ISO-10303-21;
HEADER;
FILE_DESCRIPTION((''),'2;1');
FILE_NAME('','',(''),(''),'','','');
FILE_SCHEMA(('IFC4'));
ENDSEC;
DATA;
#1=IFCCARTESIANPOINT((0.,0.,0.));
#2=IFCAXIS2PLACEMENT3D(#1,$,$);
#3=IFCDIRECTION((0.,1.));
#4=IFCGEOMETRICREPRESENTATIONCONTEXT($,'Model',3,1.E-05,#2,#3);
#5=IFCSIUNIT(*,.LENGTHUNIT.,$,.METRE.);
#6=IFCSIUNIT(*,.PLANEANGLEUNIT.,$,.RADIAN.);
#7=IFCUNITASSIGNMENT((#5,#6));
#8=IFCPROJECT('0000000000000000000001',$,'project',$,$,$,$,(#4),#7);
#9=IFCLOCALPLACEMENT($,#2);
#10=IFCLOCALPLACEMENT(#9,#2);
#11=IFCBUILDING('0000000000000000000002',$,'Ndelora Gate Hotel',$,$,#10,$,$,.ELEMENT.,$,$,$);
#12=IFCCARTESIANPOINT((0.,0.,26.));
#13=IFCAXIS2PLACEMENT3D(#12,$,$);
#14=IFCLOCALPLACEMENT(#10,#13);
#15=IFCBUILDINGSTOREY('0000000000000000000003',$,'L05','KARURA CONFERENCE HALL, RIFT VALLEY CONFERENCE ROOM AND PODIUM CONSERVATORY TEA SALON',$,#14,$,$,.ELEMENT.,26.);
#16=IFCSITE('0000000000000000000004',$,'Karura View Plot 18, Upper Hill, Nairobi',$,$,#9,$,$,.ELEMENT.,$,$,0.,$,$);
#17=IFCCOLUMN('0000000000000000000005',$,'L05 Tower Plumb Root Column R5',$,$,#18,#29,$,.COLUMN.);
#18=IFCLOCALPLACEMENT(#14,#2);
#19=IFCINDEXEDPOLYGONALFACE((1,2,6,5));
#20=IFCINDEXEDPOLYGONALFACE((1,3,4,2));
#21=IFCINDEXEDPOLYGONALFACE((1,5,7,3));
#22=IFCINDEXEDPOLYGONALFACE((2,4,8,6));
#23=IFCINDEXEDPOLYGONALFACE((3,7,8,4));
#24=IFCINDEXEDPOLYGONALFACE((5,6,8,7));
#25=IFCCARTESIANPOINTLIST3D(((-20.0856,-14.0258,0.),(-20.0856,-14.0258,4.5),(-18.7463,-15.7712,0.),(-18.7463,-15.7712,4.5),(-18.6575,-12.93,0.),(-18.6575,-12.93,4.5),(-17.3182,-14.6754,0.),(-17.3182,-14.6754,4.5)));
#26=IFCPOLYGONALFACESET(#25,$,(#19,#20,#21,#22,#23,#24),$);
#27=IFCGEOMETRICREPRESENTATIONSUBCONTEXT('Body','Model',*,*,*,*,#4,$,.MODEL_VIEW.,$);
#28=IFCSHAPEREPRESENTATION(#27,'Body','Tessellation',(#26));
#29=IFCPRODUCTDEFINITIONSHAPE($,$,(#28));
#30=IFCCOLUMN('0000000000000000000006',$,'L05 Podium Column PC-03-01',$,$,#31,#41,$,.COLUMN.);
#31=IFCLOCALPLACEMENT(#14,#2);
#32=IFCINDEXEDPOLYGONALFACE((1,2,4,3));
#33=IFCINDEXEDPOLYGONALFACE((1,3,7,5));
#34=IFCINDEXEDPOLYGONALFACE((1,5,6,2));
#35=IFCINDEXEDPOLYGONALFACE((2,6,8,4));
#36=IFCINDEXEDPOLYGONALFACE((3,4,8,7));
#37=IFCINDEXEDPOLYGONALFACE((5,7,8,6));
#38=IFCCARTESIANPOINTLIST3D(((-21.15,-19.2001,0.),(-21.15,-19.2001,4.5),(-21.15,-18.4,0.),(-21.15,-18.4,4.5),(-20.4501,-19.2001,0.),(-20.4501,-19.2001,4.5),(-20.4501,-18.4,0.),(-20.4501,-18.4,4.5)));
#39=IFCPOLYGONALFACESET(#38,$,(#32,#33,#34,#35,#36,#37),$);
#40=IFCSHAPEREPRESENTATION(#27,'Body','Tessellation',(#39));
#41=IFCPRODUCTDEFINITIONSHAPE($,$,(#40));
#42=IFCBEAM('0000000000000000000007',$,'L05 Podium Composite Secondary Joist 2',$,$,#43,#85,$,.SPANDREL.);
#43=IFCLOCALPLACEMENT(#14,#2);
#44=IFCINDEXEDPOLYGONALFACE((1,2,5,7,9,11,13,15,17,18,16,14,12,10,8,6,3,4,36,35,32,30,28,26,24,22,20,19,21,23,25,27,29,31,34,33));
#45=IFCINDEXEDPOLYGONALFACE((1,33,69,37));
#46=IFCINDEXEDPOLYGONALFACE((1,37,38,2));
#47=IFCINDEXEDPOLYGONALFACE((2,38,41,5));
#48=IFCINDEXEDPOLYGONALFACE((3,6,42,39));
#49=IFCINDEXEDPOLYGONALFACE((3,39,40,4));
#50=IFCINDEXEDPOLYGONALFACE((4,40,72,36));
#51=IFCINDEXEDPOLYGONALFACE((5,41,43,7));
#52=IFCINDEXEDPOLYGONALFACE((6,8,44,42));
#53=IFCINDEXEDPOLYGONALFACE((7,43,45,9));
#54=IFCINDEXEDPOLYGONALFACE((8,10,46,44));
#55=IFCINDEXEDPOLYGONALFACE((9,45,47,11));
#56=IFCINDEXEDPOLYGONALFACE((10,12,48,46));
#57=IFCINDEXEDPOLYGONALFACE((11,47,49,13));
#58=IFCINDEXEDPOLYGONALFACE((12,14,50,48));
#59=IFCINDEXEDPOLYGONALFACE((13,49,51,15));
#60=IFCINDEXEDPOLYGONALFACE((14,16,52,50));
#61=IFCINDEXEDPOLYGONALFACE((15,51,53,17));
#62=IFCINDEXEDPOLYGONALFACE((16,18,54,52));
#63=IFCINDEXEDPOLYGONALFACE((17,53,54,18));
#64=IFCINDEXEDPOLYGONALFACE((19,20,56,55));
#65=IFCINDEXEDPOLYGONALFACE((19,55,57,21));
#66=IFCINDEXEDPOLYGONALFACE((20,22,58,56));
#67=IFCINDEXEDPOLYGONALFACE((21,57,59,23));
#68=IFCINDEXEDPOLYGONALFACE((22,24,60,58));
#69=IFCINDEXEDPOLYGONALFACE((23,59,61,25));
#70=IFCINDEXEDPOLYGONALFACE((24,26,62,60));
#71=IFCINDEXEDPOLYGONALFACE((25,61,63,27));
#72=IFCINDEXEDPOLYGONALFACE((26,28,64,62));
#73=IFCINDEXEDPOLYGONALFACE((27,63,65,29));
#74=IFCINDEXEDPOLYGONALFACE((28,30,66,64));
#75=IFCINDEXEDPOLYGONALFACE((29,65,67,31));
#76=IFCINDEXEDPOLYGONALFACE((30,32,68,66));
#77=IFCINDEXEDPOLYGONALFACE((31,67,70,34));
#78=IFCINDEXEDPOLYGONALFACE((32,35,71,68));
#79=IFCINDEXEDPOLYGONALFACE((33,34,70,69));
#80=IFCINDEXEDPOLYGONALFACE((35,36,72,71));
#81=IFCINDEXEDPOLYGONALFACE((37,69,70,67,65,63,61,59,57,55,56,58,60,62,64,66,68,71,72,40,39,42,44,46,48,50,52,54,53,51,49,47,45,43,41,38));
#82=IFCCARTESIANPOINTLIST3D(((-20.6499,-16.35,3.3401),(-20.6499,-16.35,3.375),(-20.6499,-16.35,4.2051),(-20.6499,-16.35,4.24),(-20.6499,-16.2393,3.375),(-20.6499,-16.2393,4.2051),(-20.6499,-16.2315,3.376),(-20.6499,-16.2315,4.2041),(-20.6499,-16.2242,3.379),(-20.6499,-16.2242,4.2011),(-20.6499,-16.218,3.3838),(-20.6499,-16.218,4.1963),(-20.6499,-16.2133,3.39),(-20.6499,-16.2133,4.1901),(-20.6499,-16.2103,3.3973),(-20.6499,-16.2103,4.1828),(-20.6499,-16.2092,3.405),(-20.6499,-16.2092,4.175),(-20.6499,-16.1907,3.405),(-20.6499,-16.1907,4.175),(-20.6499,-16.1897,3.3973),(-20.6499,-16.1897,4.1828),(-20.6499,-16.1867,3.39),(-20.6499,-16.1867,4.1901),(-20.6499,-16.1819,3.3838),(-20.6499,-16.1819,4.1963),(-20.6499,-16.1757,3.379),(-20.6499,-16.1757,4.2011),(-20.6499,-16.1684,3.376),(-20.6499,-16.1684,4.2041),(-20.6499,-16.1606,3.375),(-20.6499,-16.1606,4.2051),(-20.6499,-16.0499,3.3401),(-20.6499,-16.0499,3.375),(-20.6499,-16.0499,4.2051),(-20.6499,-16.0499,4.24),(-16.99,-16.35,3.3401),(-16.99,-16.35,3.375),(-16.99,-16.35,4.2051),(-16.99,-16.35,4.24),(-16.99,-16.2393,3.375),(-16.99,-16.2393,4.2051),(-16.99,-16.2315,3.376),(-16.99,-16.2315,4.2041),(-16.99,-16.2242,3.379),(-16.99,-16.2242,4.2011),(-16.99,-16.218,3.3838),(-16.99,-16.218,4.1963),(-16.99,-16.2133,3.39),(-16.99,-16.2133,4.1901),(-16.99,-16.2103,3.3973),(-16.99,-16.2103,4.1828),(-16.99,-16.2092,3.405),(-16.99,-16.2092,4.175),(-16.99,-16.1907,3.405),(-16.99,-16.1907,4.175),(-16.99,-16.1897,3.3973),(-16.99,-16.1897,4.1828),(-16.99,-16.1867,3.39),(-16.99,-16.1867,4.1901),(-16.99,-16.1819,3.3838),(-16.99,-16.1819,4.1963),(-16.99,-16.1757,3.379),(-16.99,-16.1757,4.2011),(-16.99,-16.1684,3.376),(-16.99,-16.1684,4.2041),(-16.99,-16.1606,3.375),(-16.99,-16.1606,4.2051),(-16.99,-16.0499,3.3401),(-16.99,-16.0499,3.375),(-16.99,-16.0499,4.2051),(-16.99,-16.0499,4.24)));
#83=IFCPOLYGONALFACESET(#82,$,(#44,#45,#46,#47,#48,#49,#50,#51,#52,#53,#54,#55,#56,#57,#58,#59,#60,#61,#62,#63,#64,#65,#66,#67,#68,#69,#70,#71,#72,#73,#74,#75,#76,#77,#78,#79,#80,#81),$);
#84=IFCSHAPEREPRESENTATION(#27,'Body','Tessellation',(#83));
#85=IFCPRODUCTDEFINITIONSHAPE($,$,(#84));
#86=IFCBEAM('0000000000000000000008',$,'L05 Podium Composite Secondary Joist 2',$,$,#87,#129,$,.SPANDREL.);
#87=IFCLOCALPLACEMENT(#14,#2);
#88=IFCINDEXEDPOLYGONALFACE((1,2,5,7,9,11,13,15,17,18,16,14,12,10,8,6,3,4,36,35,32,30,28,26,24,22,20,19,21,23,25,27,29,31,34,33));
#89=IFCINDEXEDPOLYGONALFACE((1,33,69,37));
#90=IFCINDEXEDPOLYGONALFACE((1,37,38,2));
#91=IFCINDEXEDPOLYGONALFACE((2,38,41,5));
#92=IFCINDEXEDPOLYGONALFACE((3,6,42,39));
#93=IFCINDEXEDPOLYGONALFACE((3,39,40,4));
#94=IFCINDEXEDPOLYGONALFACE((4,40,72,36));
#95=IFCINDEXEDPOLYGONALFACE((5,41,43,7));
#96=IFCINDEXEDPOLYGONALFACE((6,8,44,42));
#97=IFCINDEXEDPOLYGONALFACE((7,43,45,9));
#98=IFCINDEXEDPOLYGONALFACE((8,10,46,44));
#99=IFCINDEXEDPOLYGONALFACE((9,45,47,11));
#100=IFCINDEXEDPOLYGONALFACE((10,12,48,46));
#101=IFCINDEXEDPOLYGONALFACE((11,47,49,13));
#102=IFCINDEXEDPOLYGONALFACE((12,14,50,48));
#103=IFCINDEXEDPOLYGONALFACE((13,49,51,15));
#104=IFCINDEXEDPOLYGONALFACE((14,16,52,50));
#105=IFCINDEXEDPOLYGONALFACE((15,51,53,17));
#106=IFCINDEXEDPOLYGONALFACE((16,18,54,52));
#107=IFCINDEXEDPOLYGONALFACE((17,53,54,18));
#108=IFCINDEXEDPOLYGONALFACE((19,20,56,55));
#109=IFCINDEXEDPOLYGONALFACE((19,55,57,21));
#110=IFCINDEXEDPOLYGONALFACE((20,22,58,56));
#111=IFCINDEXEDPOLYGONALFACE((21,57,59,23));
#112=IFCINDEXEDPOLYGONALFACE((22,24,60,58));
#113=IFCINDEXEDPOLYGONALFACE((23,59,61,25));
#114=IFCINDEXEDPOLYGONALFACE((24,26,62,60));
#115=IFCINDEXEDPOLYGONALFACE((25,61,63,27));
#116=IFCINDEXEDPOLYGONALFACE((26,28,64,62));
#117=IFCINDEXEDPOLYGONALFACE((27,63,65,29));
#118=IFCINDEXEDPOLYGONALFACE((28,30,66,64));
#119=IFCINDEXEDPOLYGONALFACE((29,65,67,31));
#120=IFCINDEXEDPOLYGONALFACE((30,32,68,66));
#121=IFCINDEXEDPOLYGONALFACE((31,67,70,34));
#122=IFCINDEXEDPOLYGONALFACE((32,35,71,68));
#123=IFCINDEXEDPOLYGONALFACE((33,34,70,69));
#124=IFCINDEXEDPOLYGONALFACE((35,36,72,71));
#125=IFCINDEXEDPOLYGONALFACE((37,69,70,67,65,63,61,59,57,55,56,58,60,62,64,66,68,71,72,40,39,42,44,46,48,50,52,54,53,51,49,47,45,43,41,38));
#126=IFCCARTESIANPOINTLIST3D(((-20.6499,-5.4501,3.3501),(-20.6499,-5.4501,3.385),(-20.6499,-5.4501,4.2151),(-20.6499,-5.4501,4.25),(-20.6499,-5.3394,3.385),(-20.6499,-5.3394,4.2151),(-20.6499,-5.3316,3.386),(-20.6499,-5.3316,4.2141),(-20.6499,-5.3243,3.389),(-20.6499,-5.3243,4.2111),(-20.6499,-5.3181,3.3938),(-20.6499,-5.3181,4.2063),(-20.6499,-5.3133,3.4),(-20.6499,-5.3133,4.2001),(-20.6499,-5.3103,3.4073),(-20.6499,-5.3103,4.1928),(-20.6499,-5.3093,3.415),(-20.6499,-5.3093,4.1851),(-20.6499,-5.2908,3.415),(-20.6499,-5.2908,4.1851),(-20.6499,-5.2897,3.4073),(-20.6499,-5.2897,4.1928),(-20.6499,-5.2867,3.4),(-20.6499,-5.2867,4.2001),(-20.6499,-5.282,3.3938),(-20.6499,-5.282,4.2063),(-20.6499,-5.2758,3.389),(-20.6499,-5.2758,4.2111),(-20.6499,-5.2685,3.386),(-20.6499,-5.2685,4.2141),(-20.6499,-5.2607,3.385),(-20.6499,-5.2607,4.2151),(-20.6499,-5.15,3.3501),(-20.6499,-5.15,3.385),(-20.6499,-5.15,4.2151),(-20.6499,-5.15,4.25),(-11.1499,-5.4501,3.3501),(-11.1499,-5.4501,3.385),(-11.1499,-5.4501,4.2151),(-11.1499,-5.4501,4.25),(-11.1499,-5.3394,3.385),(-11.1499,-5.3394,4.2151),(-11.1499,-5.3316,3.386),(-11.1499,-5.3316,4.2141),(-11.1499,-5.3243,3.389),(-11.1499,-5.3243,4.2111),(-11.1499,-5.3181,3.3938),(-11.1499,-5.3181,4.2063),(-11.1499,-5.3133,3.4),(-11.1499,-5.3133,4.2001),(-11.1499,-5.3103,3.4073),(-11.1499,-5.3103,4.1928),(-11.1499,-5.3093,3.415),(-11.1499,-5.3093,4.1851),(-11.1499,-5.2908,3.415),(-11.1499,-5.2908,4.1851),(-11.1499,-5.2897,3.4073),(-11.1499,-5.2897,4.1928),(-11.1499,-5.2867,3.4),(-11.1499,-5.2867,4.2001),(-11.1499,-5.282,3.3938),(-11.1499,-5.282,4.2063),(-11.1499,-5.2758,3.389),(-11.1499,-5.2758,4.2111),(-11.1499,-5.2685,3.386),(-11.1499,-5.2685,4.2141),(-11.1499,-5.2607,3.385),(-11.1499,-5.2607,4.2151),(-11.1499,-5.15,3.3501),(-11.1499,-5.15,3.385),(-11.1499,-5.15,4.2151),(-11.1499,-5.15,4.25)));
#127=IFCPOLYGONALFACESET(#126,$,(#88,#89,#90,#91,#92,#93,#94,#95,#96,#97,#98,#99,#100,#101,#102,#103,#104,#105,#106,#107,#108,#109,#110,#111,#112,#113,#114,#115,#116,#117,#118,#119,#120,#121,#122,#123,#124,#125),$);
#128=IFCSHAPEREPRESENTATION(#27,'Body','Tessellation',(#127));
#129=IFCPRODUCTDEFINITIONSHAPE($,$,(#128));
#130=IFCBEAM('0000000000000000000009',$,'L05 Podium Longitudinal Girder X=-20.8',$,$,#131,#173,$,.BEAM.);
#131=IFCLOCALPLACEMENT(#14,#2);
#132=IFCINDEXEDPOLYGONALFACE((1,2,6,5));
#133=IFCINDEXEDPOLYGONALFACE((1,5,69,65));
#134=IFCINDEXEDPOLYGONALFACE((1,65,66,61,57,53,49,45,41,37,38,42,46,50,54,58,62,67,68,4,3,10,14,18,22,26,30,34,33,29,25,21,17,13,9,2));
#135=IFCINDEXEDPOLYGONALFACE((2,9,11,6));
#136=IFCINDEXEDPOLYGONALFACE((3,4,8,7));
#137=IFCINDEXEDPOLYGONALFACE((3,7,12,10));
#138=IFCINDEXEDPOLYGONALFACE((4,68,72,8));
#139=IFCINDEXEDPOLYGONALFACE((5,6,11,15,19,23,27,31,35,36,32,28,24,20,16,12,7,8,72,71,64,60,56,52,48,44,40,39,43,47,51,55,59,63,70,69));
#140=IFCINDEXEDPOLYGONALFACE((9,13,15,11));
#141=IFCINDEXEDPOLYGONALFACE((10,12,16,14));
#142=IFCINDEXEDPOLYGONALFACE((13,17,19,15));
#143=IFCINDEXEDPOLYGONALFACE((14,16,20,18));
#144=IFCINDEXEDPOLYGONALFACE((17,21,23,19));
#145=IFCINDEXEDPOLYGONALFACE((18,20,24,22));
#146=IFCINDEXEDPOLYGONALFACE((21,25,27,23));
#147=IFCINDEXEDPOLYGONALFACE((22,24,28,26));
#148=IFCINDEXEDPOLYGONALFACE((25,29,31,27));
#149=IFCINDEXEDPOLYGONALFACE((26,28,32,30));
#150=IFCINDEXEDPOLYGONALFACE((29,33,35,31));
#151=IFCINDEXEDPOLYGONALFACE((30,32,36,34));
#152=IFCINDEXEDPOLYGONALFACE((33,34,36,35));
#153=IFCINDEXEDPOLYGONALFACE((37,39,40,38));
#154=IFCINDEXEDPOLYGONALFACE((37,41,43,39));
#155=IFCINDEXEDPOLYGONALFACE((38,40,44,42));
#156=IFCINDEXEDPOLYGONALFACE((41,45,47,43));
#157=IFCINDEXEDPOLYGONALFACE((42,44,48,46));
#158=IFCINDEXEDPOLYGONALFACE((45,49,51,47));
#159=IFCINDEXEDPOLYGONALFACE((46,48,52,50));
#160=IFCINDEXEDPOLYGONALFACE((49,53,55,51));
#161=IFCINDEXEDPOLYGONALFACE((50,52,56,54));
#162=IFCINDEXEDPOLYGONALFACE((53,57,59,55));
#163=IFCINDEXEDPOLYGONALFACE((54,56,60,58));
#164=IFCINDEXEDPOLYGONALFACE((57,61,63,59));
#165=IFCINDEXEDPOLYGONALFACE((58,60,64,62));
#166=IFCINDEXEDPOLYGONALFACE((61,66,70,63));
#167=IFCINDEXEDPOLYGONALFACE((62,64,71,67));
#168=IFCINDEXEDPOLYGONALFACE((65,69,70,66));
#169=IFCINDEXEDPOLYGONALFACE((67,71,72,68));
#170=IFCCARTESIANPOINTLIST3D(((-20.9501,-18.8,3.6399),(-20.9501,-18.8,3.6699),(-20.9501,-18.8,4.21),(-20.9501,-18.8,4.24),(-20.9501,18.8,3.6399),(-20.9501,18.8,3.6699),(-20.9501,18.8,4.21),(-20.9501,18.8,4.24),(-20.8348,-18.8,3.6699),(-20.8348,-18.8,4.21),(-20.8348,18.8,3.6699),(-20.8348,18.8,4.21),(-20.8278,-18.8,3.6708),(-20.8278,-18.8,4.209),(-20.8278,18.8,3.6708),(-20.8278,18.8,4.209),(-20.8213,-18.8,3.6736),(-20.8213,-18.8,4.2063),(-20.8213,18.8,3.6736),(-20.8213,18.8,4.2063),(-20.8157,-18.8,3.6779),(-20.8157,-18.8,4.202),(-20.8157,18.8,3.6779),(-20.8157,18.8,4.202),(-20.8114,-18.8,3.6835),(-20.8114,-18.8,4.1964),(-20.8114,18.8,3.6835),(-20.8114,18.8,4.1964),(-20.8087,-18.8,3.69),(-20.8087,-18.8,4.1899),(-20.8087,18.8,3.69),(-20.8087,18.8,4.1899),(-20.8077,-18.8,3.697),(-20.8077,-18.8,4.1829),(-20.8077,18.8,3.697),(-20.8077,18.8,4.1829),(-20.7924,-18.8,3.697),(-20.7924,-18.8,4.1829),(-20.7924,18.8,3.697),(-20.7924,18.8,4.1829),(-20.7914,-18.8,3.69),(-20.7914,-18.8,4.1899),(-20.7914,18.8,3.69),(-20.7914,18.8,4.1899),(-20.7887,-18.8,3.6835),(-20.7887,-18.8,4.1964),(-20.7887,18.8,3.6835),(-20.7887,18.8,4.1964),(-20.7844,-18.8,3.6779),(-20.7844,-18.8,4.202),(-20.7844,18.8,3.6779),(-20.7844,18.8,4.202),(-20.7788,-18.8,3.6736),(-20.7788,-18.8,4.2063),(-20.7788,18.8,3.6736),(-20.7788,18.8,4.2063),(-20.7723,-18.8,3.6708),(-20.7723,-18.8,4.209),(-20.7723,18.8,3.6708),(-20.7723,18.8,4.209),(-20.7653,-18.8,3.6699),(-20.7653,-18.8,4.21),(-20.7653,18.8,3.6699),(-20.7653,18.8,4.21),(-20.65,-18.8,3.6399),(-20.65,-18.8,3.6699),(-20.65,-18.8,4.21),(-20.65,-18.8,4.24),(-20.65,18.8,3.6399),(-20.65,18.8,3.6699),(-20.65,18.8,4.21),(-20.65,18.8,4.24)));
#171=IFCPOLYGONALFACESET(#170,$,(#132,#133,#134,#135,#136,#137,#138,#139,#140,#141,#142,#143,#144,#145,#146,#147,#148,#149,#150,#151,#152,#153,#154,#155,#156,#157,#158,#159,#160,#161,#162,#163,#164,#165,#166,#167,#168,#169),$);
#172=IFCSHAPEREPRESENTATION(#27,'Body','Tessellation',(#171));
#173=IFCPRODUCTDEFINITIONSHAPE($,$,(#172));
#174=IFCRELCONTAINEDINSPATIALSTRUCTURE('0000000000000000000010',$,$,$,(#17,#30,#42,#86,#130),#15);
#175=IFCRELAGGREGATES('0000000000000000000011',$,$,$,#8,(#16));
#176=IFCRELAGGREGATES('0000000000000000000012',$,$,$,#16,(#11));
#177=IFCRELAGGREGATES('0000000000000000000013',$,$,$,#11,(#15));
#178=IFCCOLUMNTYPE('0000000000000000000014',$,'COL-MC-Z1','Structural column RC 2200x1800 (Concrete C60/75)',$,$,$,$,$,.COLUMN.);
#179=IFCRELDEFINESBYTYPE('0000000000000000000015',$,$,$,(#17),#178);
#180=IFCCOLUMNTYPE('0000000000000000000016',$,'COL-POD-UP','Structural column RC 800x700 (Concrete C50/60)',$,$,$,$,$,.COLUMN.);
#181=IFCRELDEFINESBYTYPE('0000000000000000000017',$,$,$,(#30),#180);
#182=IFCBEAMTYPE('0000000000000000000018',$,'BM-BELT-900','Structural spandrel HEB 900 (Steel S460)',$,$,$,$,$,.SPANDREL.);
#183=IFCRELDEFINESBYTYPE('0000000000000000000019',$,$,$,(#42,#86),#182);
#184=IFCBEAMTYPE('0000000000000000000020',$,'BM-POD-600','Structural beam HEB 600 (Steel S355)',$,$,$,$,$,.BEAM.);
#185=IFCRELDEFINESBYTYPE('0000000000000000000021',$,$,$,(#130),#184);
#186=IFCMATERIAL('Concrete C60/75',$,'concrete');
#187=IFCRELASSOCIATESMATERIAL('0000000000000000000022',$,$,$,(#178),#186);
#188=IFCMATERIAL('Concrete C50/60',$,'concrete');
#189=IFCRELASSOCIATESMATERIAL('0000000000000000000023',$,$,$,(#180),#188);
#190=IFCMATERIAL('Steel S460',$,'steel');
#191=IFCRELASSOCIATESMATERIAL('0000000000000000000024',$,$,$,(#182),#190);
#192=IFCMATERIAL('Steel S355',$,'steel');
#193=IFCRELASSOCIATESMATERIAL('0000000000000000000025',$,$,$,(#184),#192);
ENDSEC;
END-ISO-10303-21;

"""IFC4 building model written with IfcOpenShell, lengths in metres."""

from ifc_helpers import new_model, si_unit, direction, frame, origin, origin_2d, place, context, subcontext, project, spatial, rectangle, i_section, extrude, material, material_profile, profile_set, type_object, element, save


model = new_model("IFC4")

# Units and contexts
model_context = context("Model", 3, precision=1e-05, world=origin(), true_north=direction((0.0, 1.0)))
body_context = subcontext(model_context, "Body", "Model", "MODEL_VIEW")
ifc_project = project(units=[si_unit("LENGTHUNIT", "METRE"), si_unit("PLANEANGLEUNIT", "RADIAN")], contexts=[model_context])

# Site, building, storey
site_placement = place(None, origin())
site = spatial("IfcSite", under=ifc_project, at=site_placement, Name="Karura View Plot 18, Upper Hill, Nairobi", CompositionType="ELEMENT", RefElevation=0.0)
building_placement = place(site_placement, origin())
building = spatial("IfcBuilding", under=site, at=building_placement, Name="Ndelora Gate Hotel", CompositionType="ELEMENT")
storey_placement = place(building_placement, frame((0.0, 0.0, 26.0)))
storey = spatial("IfcBuildingStorey", under=building, at=storey_placement, Name="L05", Description="KARURA CONFERENCE HALL, RIFT VALLEY CONFERENCE ROOM AND PODIUM CONSERVATORY TEA SALON", CompositionType="ELEMENT", Elevation=26.0)

# Columns
ifc_material_1 = material(Name="Concrete C60/75", Category="concrete")
ifc_material_profile_1 = material_profile(ifc_material_1, rectangle(XDim=1.8, YDim=2.2, at=origin_2d()), Name="RC 2200x1800")
ifc_profile_set_1 = profile_set([ifc_material_profile_1], Name="Concrete C60/75")
column_type_1 = type_object("IfcColumnType", Name="COL-MC-Z1", Description="Structural column RC 2200x1800 (Concrete C60/75)", PredefinedType="COLUMN", material=ifc_profile_set_1)
column_1_placement = place(storey_placement, frame((-18.7019, -14.3506, 0.0), z_axis=(0.0, 0.0, 1.0), x_axis=(0.793353, 0.608761, 0.0)))
element("IfcColumn", 1, at=column_1_placement, inside=storey, type_object=column_type_1, Name="L05 Tower Plumb Root Column R5", PredefinedType="COLUMN", context=body_context, shape_type="SweptSolid", body=[
    extrude(rectangle(XDim=1.8, YDim=2.2, at=origin_2d()), origin(), (0.0, 0.0, 1.0), 4.5),
])
ifc_material_2 = material(Name="Concrete C50/60", Category="concrete")
ifc_material_profile_2 = material_profile(ifc_material_2, rectangle(XDim=0.7, YDim=0.8, at=origin_2d()), Name="RC 800x700")
ifc_profile_set_2 = profile_set([ifc_material_profile_2], Name="Concrete C50/60")
column_type_2 = type_object("IfcColumnType", Name="COL-POD-UP", Description="Structural column RC 800x700 (Concrete C50/60)", PredefinedType="COLUMN", material=ifc_profile_set_2)
column_2_placement = place(storey_placement, frame((-20.8, -18.8, 0.0), z_axis=(0.0, 0.0, 1.0), x_axis=(1.0, 0.0, 0.0)))
element("IfcColumn", 2, at=column_2_placement, inside=storey, type_object=column_type_2, Name="L05 Podium Column PC-03-01", PredefinedType="COLUMN", context=body_context, shape_type="SweptSolid", body=[
    extrude(rectangle(XDim=0.7, YDim=0.8, at=origin_2d()), origin(), (0.0, 0.0, 1.0), 4.5),
])

# Beams
ifc_material_3 = material(Name="Steel S460", Category="steel")
ifc_material_profile_3 = material_profile(ifc_material_3, i_section(OverallWidth=0.3, OverallDepth=0.8999, WebThickness=0.0186, FlangeThickness=0.0349, FilletRadius=0.03, at=origin_2d()), Name="HEB 900")
ifc_profile_set_3 = profile_set([ifc_material_profile_3], Name="Steel S460")
beam_type_1 = type_object("IfcBeamType", Name="BM-BELT-900", Description="Structural spandrel HEB 900 (Steel S460)", PredefinedType="SPANDREL", material=ifc_profile_set_3)
beam_1_placement = place(storey_placement, frame((-20.6499, -16.2, 3.79), z_axis=(1.0, 0.0, 0.0), x_axis=(0.0, 1.0, 0.0)))
element("IfcBeam", 3, at=beam_1_placement, inside=storey, type_object=beam_type_1, Name="L05 Podium Composite Secondary Joist 2", PredefinedType="SPANDREL", context=body_context, shape_type="SweptSolid", body=[
    extrude(i_section(OverallWidth=0.3, OverallDepth=0.8999, WebThickness=0.0186, FlangeThickness=0.0349, FilletRadius=0.03, at=origin_2d()), origin(), (0.0, 0.0, 1.0), 3.6599),
])
beam_2_placement = place(storey_placement, frame((-20.6499, -5.3, 3.8), z_axis=(1.0, 0.0, 0.0), x_axis=(0.0, 1.0, 0.0)))
element("IfcBeam", 4, at=beam_2_placement, inside=storey, type_object=beam_type_1, Name="L05 Podium Composite Secondary Joist 2", PredefinedType="SPANDREL", context=body_context, shape_type="SweptSolid", body=[
    extrude(i_section(OverallWidth=0.3, OverallDepth=0.8999, WebThickness=0.0186, FlangeThickness=0.0349, FilletRadius=0.03, at=origin_2d()), origin(), (0.0, 0.0, 1.0), 9.5),
])
ifc_material_4 = material(Name="Steel S355", Category="steel")
ifc_material_profile_4 = material_profile(ifc_material_4, i_section(OverallWidth=0.3, OverallDepth=0.6001, WebThickness=0.0154, FlangeThickness=0.03, FilletRadius=0.0271, at=origin_2d()), Name="HEB 600")
ifc_profile_set_4 = profile_set([ifc_material_profile_4], Name="Steel S355")
beam_type_2 = type_object("IfcBeamType", Name="BM-POD-600", Description="Structural beam HEB 600 (Steel S355)", PredefinedType="BEAM", material=ifc_profile_set_4)
beam_3_placement = place(storey_placement, frame((-20.8, -18.8, 3.9399), z_axis=(0.0, 1.0, 0.0), x_axis=(-1.0, 0.0, 0.0)))
element("IfcBeam", 5, at=beam_3_placement, inside=storey, type_object=beam_type_2, Name="L05 Podium Longitudinal Girder X=-20.8", PredefinedType="BEAM", context=body_context, shape_type="SweptSolid", body=[
    extrude(i_section(OverallWidth=0.3, OverallDepth=0.6001, WebThickness=0.0154, FlangeThickness=0.03, FilletRadius=0.0271, at=origin_2d()), origin(), (0.0, 0.0, 1.0), 37.6001),
])

save(model, "model.ifc")
